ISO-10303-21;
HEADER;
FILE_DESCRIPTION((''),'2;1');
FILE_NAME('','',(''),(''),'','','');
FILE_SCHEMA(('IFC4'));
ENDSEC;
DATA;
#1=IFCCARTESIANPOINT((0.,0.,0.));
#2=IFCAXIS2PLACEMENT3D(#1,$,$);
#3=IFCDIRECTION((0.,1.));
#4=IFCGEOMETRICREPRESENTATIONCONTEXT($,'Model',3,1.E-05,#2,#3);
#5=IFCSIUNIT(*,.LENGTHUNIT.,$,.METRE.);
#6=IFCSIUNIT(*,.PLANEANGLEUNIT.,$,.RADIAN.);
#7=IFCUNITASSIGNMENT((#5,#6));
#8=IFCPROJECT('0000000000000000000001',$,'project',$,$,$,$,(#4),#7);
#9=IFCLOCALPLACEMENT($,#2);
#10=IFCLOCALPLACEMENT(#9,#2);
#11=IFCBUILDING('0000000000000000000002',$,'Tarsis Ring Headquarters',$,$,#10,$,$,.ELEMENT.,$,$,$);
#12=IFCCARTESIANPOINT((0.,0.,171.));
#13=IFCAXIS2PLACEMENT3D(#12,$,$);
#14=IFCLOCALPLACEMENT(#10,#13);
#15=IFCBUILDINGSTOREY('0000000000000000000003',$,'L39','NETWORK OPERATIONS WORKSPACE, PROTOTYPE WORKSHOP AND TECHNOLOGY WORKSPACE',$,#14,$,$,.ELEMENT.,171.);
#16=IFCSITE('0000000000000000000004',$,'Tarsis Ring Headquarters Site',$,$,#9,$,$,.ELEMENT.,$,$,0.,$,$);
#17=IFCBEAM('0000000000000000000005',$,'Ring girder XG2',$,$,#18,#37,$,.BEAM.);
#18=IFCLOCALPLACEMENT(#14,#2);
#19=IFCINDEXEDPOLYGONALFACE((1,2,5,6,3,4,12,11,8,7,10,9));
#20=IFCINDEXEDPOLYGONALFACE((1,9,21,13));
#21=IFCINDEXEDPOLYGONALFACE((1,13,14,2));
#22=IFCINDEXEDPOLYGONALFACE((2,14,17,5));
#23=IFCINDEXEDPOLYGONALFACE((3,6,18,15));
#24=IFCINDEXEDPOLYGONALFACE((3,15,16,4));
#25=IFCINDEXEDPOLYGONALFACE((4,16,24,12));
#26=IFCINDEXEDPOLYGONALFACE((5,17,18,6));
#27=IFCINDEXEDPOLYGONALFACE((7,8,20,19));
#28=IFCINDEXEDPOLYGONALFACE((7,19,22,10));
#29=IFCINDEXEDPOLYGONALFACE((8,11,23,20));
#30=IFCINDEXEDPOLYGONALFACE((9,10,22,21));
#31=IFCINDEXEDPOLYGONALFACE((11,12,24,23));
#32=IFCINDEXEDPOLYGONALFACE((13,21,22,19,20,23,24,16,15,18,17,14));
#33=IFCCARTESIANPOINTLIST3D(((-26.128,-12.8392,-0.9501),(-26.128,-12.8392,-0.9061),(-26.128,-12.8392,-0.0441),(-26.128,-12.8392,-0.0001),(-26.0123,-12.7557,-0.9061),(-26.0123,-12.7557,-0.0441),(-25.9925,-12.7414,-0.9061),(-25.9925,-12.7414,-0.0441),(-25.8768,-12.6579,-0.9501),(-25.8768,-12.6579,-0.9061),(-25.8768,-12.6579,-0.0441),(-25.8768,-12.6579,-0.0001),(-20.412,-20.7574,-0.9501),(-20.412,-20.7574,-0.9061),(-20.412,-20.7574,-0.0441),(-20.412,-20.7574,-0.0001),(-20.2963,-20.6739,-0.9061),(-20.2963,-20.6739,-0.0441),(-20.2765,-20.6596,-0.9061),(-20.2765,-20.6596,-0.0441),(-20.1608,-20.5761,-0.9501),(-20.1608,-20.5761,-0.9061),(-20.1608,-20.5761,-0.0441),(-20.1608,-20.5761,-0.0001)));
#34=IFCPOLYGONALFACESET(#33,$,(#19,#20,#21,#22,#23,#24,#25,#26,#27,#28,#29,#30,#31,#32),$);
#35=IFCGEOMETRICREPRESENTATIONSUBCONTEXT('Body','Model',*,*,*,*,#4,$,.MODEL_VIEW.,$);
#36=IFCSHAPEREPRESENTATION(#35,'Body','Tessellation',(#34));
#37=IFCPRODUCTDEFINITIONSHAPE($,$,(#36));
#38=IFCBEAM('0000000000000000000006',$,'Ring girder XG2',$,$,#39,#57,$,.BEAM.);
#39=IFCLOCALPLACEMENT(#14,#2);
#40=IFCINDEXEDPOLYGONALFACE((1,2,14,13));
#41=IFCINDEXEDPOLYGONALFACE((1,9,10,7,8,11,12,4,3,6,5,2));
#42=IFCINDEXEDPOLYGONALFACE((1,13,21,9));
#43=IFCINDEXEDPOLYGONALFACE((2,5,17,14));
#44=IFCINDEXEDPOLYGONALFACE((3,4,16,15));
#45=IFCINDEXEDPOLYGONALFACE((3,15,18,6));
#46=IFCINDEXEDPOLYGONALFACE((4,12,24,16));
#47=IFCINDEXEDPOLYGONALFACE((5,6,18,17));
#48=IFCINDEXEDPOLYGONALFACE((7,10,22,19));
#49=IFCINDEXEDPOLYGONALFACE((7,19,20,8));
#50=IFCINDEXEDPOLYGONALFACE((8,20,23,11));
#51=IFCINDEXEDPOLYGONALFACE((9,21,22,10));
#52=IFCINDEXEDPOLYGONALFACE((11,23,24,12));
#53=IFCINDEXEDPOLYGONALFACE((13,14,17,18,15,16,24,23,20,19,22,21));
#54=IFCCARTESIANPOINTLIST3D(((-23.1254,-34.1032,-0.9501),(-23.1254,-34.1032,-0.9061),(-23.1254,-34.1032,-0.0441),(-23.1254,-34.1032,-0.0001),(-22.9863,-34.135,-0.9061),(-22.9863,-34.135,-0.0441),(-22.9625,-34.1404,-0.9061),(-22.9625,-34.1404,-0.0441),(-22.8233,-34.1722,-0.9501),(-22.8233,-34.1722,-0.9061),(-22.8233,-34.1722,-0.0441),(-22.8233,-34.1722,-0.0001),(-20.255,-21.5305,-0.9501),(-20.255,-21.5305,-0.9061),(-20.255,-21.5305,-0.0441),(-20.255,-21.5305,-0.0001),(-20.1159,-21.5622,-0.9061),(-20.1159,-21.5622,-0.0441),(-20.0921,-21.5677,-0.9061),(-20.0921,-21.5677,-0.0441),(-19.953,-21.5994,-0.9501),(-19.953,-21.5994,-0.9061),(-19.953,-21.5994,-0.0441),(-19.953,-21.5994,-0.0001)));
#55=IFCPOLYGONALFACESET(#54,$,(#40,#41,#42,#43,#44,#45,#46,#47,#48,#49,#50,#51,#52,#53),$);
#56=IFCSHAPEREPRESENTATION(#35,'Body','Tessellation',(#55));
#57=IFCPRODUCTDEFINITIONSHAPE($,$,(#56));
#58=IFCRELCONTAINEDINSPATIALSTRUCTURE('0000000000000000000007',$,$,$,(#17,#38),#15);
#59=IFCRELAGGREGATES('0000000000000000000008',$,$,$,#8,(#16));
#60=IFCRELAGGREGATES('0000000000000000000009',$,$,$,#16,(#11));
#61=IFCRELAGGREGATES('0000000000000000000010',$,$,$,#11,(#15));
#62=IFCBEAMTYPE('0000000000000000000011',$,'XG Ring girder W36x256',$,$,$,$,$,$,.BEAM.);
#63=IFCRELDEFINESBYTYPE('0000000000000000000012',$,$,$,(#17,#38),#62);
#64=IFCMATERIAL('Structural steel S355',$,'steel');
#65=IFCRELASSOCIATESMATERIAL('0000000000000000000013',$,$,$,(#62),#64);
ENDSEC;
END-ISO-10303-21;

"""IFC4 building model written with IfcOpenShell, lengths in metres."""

from ifc_helpers import new_model, si_unit, direction, frame, origin, origin_2d, place, context, subcontext, project, spatial, i_section, extrude, material, material_profile, profile_set, type_object, element, save


model = new_model("IFC4")

# Units and contexts
model_context = context("Model", 3, precision=1e-05, world=origin(), true_north=direction((0.0, 1.0)))
body_context = subcontext(model_context, "Body", "Model", "MODEL_VIEW")
ifc_project = project(units=[si_unit("LENGTHUNIT", "METRE"), si_unit("PLANEANGLEUNIT", "RADIAN")], contexts=[model_context])

# Site, building, storey
site_placement = place(None, origin())
site = spatial("IfcSite", under=ifc_project, at=site_placement, Name="Tarsis Ring Headquarters Site", CompositionType="ELEMENT", RefElevation=0.0)
building_placement = place(site_placement, origin())
building = spatial("IfcBuilding", under=site, at=building_placement, Name="Tarsis Ring Headquarters", CompositionType="ELEMENT")
storey_placement = place(building_placement, frame((0.0, 0.0, 171.0)))
storey = spatial("IfcBuildingStorey", under=building, at=storey_placement, Name="L39", Description="NETWORK OPERATIONS WORKSPACE, PROTOTYPE WORKSHOP AND TECHNOLOGY WORKSPACE", CompositionType="ELEMENT", Elevation=171.0)

# Shared definitions
ifc_material_1 = material(Name="Structural steel S355", Category="steel")

# Beams
ifc_material_profile_1 = material_profile(ifc_material_1, i_section(OverallWidth=0.3098, OverallDepth=0.95, WebThickness=0.0244, FlangeThickness=0.0439, at=origin_2d()), Name="W36x256")
ifc_profile_set_1 = profile_set([ifc_material_profile_1], Name="Structural steel S355")
beam_type_1 = type_object("IfcBeamType", Name="XG Ring girder W36x256", PredefinedType="BEAM", material=ifc_profile_set_1)
beam_1_placement = place(storey_placement, frame((-26.0024, -12.7485, -0.4751), z_axis=(0.585313, -0.810808, 0.0), x_axis=(0.810808, 0.585313, 0.0)))
element("IfcBeam", 1, at=beam_1_placement, inside=storey, type_object=beam_type_1, Name="Ring girder XG2", PredefinedType="BEAM", context=body_context, shape_type="SweptSolid", body=[
    extrude(i_section(OverallWidth=0.3098, OverallDepth=0.95, WebThickness=0.0244, FlangeThickness=0.0439, at=origin_2d()), origin(), (0.0, 0.0, 1.0), 9.7659),
])
beam_2_placement = place(storey_placement, frame((-20.104, -21.5649, -0.4751), z_axis=(-0.222573, -0.974916, 0.0), x_axis=(0.974916, -0.222573, 0.0)))
element("IfcBeam", 2, at=beam_2_placement, inside=storey, type_object=beam_type_1, Name="Ring girder XG2", PredefinedType="BEAM", context=body_context, shape_type="SweptSolid", body=[
    extrude(i_section(OverallWidth=0.3098, OverallDepth=0.95, WebThickness=0.0244, FlangeThickness=0.0439, at=origin_2d()), origin(), (0.0, 0.0, 1.0), 12.8962),
])

save(model, "model.ifc")
